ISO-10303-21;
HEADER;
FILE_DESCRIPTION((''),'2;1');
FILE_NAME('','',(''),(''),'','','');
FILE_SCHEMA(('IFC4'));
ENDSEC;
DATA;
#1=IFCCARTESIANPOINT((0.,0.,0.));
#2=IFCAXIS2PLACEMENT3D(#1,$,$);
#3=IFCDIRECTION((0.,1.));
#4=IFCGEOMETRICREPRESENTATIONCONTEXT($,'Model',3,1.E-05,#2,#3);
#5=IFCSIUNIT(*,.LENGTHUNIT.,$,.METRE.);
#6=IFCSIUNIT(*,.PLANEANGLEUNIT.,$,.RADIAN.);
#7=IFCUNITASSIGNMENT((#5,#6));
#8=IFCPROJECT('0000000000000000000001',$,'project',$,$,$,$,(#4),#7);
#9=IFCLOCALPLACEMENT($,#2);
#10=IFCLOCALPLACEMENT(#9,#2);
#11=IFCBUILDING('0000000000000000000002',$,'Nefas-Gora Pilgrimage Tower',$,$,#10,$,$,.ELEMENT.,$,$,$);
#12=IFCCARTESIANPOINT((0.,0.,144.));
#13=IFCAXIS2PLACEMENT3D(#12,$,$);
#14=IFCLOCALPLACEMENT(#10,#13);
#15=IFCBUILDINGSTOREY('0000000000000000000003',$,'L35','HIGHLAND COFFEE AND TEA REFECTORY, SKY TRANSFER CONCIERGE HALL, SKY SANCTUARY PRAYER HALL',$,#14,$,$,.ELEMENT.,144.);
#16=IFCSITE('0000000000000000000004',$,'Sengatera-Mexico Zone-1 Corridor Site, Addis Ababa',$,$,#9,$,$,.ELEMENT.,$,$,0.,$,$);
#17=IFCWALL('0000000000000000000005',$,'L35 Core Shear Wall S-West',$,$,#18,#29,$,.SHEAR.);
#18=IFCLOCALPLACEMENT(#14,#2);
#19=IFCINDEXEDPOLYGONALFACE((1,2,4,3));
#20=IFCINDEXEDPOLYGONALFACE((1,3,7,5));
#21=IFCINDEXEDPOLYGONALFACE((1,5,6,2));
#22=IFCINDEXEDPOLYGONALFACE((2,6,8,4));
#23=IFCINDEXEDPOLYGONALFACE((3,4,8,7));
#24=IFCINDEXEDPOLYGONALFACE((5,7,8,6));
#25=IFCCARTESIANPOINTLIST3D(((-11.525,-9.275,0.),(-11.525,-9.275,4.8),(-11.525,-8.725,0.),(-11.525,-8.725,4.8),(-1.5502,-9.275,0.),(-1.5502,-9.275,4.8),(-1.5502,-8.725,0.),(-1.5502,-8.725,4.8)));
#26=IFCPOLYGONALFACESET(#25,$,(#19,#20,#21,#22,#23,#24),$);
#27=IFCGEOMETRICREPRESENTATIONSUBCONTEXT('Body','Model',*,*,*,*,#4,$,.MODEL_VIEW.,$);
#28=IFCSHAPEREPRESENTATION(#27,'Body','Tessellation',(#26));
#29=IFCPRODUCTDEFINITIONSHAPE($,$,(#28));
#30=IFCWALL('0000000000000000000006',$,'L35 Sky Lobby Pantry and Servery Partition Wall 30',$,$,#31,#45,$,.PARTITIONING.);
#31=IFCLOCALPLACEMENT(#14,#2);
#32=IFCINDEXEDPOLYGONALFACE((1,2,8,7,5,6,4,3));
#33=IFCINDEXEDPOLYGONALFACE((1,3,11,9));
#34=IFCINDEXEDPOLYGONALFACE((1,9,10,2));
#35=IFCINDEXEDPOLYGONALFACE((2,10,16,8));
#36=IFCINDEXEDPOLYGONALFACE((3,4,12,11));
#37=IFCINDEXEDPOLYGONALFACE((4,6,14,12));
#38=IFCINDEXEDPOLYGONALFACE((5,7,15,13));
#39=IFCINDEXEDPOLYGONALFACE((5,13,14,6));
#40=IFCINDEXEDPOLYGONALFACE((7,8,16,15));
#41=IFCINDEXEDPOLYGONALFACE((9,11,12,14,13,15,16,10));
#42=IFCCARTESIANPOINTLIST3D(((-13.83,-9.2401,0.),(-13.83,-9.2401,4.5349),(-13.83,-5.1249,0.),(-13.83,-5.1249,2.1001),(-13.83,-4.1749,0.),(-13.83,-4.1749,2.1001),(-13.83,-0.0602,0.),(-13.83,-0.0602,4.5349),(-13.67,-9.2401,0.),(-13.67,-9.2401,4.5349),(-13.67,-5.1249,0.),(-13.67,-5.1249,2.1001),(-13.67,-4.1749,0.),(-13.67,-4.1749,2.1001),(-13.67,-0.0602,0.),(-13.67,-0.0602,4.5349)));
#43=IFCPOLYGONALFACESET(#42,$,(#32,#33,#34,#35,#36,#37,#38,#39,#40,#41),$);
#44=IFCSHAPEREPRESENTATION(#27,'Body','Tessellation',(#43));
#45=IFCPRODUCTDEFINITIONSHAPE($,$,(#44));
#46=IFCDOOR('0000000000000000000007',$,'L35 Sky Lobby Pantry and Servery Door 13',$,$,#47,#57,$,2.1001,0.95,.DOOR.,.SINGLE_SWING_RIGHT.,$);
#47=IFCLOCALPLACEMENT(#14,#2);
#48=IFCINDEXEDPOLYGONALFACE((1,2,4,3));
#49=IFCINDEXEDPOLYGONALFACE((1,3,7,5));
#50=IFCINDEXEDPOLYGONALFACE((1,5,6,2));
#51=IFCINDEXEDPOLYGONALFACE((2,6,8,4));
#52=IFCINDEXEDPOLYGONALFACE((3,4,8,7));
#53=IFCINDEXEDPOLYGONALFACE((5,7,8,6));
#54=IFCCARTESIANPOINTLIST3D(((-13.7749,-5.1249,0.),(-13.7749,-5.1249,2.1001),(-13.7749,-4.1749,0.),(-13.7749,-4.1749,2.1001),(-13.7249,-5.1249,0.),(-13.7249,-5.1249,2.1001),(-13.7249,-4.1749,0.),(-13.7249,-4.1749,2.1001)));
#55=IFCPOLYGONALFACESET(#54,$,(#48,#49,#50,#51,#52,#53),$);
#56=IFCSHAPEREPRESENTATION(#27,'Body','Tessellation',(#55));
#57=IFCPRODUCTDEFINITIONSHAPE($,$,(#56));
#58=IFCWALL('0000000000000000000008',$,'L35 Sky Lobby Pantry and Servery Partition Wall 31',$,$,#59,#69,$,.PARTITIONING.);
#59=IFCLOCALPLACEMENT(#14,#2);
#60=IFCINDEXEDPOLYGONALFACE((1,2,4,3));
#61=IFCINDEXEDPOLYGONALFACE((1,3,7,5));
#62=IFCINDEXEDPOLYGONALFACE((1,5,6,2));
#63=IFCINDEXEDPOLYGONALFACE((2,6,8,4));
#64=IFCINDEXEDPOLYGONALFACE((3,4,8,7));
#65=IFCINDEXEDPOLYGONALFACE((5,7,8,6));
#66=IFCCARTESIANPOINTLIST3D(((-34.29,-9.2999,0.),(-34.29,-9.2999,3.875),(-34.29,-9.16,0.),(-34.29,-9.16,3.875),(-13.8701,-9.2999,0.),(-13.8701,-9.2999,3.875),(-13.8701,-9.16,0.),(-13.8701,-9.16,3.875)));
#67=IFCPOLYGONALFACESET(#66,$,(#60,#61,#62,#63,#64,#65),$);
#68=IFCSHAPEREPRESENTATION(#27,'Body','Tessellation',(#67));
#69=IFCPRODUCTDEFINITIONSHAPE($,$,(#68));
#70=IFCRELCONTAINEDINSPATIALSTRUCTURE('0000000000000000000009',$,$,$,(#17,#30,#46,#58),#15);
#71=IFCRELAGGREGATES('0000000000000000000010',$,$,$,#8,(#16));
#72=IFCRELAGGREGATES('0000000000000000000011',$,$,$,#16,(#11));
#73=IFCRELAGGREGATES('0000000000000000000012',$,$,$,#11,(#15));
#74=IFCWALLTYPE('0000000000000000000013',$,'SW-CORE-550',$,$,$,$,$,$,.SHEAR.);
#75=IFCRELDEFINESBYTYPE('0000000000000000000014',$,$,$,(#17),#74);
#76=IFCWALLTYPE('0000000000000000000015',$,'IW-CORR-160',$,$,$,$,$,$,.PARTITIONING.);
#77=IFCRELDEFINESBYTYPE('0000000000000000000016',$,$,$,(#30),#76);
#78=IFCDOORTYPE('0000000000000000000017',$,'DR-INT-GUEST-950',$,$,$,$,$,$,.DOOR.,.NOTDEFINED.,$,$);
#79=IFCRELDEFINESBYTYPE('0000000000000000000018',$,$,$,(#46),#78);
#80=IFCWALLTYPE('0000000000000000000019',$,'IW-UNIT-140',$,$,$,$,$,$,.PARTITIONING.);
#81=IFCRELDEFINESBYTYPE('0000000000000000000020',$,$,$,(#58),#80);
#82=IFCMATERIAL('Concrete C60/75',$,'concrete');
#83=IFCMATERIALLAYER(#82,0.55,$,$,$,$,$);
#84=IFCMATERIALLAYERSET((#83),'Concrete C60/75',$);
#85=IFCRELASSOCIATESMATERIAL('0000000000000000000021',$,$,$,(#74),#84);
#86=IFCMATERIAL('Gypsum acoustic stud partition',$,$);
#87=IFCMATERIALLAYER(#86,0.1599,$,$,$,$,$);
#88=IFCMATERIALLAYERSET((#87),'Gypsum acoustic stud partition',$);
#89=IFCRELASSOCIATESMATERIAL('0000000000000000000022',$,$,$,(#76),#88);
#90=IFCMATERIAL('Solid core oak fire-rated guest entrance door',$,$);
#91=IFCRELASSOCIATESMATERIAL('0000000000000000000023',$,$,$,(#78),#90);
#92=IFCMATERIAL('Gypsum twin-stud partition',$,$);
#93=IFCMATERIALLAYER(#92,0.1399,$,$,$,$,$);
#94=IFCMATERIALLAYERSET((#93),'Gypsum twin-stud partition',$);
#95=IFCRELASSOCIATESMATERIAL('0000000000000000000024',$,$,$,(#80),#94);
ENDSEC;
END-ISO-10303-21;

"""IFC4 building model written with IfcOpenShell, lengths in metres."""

from ifc_helpers import new_model, si_unit, direction, frame, frame_2d, origin, place, context, subcontext, project, spatial, rectangle, extrude, source, transform, mapped, material, layer, layer_set, type_object, element, fill, save


model = new_model("IFC4")

# Units and contexts
model_context = context("Model", 3, precision=1e-05, world=origin(), true_north=direction((0.0, 1.0)))
body_context = subcontext(model_context, "Body", "Model", "MODEL_VIEW")
ifc_project = project(units=[si_unit("LENGTHUNIT", "METRE"), si_unit("PLANEANGLEUNIT", "RADIAN")], contexts=[model_context])

# Site, building, storey
site_placement = place(None, origin())
site = spatial("IfcSite", under=ifc_project, at=site_placement, Name="Sengatera-Mexico Zone-1 Corridor Site, Addis Ababa", CompositionType="ELEMENT", RefElevation=0.0)
building_placement = place(site_placement, origin())
building = spatial("IfcBuilding", under=site, at=building_placement, Name="Nefas-Gora Pilgrimage Tower", CompositionType="ELEMENT")
storey_placement = place(building_placement, frame((0.0, 0.0, 144.0)))
storey = spatial("IfcBuildingStorey", under=building, at=storey_placement, Name="L35", Description="HIGHLAND COFFEE AND TEA REFECTORY, SKY TRANSFER CONCIERGE HALL, SKY SANCTUARY PRAYER HALL", CompositionType="ELEMENT", Elevation=144.0)

# Wall
ifc_material_1 = material(Name="Concrete C60/75", Category="concrete")
ifc_layer_1 = layer(ifc_material_1, 0.55)
ifc_layer_set_1 = layer_set([ifc_layer_1], Name="Concrete C60/75")
wall_type_1 = type_object("IfcWallType", Name="SW-CORE-550", PredefinedType="SHEAR", material=ifc_layer_set_1)
shared_shape_1 = source(origin(), body_context, "Body", "SweptSolid", [
    extrude(rectangle(XDim=9.9749, YDim=0.55, at=frame_2d((4.9873, 0.0))), origin(), (0.0, 0.0, 1.0), 4.8),
])
wall_1_placement = place(storey_placement, frame((-11.5249, -9.0, 0.0), z_axis=(0.0, 0.0, 1.0), x_axis=(1.0, 0.0, 0.0)))
element("IfcWall", 1, at=wall_1_placement, inside=storey, type_object=wall_type_1, Name="L35 Core Shear Wall S-West", PredefinedType="SHEAR", context=body_context, shape_type="MappedRepresentation", body=[
    mapped(shared_shape_1, transform((0.0, 0.0, 0.0), x_axis=(1.0, 0.0, 0.0), y_axis=(0.0, 1.0, 0.0), z_axis=(0.0, 0.0, 1.0), scale=1.0)),
])

# Wall, opening, door
ifc_material_2 = material(Name="Gypsum acoustic stud partition")
ifc_layer_2 = layer(ifc_material_2, 0.1599)
ifc_layer_set_2 = layer_set([ifc_layer_2], Name="Gypsum acoustic stud partition")
wall_type_2 = type_object("IfcWallType", Name="IW-CORR-160", PredefinedType="PARTITIONING", material=ifc_layer_set_2)
shared_shape_2 = source(origin(), body_context, "Body", "SweptSolid", [
    extrude(rectangle(XDim=9.1799, YDim=0.1599, at=frame_2d((4.5898, 0.0))), origin(), (0.0, 0.0, 1.0), 4.5349),
])
wall_2_placement = place(storey_placement, frame((-13.75, -9.24, 0.0), z_axis=(0.0, 0.0, 1.0), x_axis=(0.0, 1.0, 0.0)))
wall_2 = element("IfcWall", 2, at=wall_2_placement, inside=storey, type_object=wall_type_2, Name="L35 Sky Lobby Pantry and Servery Partition Wall 30", PredefinedType="PARTITIONING", context=body_context, shape_type="MappedRepresentation", body=[
    mapped(shared_shape_2, transform((0.0, 0.0, 0.0), x_axis=(1.0, 0.0, 0.0), y_axis=(0.0, 1.0, 0.0), z_axis=(0.0, 0.0, 1.0), scale=1.0)),
])
opening_1_placement = place(wall_2_placement, frame((4.115, 0.0, 0.0)))
opening_1 = element("IfcOpeningElement", 3, at=opening_1_placement, cuts=wall_2, PredefinedType="OPENING", context=body_context, shape_type="SweptSolid", body=[
    extrude(rectangle(XDim=0.95, YDim=2.1001, at=frame_2d((0.4751, 1.05))), frame((0.0, 0.0898, 0.0), z_axis=(0.0, -1.0, 0.0), x_axis=(1.0, 0.0, 0.0)), (0.0, 0.0, 1.0), 0.1799),
])
ifc_material_3 = material(Name="Solid core oak fire-rated guest entrance door")
door_type_1 = type_object("IfcDoorType", Name="DR-INT-GUEST-950", OperationType="NOTDEFINED", PredefinedType="DOOR", material=ifc_material_3)
shared_shape_3 = source(origin(), body_context, "Body", "SweptSolid", [
    extrude(rectangle(XDim=0.95, YDim=2.1001, at=frame_2d((0.4751, 1.05))), frame((0.0, 0.0249, 0.0), z_axis=(0.0, -1.0, 0.0), x_axis=(1.0, 0.0, 0.0)), (0.0, 0.0, 1.0), 0.05),
])
door_1_placement = place(opening_1_placement, origin())
door_1 = element("IfcDoor", 4, at=door_1_placement, inside=storey, type_object=door_type_1, Name="L35 Sky Lobby Pantry and Servery Door 13", OperationType="SINGLE_SWING_RIGHT", OverallHeight=2.1001, OverallWidth=0.95, PredefinedType="DOOR", context=body_context, shape_type="MappedRepresentation", body=[
    mapped(shared_shape_3, transform((0.0, 0.0, 0.0), x_axis=(1.0, 0.0, 0.0), y_axis=(0.0, 1.0, 0.0), z_axis=(0.0, 0.0, 1.0), scale=1.0)),
])
fill(opening_1, door_1)

# Wall
ifc_material_4 = material(Name="Gypsum twin-stud partition")
ifc_layer_3 = layer(ifc_material_4, 0.1399)
ifc_layer_set_3 = layer_set([ifc_layer_3], Name="Gypsum twin-stud partition")
wall_type_3 = type_object("IfcWallType", Name="IW-UNIT-140", PredefinedType="PARTITIONING", material=ifc_layer_set_3)
shared_shape_4 = source(origin(), body_context, "Body", "SweptSolid", [
    extrude(rectangle(XDim=20.4199, YDim=0.1399, at=frame_2d((10.21, 0.0))), origin(), (0.0, 0.0, 1.0), 3.875),
])
wall_3_placement = place(storey_placement, frame((-34.29, -9.23, 0.0), z_axis=(0.0, 0.0, 1.0), x_axis=(1.0, 0.0, 0.0)))
element("IfcWall", 5, at=wall_3_placement, inside=storey, type_object=wall_type_3, Name="L35 Sky Lobby Pantry and Servery Partition Wall 31", PredefinedType="PARTITIONING", context=body_context, shape_type="MappedRepresentation", body=[
    mapped(shared_shape_4, transform((0.0, 0.0, 0.0), x_axis=(1.0, 0.0, 0.0), y_axis=(0.0, 1.0, 0.0), z_axis=(0.0, 0.0, 1.0), scale=1.0)),
])

save(model, "model.ifc")
